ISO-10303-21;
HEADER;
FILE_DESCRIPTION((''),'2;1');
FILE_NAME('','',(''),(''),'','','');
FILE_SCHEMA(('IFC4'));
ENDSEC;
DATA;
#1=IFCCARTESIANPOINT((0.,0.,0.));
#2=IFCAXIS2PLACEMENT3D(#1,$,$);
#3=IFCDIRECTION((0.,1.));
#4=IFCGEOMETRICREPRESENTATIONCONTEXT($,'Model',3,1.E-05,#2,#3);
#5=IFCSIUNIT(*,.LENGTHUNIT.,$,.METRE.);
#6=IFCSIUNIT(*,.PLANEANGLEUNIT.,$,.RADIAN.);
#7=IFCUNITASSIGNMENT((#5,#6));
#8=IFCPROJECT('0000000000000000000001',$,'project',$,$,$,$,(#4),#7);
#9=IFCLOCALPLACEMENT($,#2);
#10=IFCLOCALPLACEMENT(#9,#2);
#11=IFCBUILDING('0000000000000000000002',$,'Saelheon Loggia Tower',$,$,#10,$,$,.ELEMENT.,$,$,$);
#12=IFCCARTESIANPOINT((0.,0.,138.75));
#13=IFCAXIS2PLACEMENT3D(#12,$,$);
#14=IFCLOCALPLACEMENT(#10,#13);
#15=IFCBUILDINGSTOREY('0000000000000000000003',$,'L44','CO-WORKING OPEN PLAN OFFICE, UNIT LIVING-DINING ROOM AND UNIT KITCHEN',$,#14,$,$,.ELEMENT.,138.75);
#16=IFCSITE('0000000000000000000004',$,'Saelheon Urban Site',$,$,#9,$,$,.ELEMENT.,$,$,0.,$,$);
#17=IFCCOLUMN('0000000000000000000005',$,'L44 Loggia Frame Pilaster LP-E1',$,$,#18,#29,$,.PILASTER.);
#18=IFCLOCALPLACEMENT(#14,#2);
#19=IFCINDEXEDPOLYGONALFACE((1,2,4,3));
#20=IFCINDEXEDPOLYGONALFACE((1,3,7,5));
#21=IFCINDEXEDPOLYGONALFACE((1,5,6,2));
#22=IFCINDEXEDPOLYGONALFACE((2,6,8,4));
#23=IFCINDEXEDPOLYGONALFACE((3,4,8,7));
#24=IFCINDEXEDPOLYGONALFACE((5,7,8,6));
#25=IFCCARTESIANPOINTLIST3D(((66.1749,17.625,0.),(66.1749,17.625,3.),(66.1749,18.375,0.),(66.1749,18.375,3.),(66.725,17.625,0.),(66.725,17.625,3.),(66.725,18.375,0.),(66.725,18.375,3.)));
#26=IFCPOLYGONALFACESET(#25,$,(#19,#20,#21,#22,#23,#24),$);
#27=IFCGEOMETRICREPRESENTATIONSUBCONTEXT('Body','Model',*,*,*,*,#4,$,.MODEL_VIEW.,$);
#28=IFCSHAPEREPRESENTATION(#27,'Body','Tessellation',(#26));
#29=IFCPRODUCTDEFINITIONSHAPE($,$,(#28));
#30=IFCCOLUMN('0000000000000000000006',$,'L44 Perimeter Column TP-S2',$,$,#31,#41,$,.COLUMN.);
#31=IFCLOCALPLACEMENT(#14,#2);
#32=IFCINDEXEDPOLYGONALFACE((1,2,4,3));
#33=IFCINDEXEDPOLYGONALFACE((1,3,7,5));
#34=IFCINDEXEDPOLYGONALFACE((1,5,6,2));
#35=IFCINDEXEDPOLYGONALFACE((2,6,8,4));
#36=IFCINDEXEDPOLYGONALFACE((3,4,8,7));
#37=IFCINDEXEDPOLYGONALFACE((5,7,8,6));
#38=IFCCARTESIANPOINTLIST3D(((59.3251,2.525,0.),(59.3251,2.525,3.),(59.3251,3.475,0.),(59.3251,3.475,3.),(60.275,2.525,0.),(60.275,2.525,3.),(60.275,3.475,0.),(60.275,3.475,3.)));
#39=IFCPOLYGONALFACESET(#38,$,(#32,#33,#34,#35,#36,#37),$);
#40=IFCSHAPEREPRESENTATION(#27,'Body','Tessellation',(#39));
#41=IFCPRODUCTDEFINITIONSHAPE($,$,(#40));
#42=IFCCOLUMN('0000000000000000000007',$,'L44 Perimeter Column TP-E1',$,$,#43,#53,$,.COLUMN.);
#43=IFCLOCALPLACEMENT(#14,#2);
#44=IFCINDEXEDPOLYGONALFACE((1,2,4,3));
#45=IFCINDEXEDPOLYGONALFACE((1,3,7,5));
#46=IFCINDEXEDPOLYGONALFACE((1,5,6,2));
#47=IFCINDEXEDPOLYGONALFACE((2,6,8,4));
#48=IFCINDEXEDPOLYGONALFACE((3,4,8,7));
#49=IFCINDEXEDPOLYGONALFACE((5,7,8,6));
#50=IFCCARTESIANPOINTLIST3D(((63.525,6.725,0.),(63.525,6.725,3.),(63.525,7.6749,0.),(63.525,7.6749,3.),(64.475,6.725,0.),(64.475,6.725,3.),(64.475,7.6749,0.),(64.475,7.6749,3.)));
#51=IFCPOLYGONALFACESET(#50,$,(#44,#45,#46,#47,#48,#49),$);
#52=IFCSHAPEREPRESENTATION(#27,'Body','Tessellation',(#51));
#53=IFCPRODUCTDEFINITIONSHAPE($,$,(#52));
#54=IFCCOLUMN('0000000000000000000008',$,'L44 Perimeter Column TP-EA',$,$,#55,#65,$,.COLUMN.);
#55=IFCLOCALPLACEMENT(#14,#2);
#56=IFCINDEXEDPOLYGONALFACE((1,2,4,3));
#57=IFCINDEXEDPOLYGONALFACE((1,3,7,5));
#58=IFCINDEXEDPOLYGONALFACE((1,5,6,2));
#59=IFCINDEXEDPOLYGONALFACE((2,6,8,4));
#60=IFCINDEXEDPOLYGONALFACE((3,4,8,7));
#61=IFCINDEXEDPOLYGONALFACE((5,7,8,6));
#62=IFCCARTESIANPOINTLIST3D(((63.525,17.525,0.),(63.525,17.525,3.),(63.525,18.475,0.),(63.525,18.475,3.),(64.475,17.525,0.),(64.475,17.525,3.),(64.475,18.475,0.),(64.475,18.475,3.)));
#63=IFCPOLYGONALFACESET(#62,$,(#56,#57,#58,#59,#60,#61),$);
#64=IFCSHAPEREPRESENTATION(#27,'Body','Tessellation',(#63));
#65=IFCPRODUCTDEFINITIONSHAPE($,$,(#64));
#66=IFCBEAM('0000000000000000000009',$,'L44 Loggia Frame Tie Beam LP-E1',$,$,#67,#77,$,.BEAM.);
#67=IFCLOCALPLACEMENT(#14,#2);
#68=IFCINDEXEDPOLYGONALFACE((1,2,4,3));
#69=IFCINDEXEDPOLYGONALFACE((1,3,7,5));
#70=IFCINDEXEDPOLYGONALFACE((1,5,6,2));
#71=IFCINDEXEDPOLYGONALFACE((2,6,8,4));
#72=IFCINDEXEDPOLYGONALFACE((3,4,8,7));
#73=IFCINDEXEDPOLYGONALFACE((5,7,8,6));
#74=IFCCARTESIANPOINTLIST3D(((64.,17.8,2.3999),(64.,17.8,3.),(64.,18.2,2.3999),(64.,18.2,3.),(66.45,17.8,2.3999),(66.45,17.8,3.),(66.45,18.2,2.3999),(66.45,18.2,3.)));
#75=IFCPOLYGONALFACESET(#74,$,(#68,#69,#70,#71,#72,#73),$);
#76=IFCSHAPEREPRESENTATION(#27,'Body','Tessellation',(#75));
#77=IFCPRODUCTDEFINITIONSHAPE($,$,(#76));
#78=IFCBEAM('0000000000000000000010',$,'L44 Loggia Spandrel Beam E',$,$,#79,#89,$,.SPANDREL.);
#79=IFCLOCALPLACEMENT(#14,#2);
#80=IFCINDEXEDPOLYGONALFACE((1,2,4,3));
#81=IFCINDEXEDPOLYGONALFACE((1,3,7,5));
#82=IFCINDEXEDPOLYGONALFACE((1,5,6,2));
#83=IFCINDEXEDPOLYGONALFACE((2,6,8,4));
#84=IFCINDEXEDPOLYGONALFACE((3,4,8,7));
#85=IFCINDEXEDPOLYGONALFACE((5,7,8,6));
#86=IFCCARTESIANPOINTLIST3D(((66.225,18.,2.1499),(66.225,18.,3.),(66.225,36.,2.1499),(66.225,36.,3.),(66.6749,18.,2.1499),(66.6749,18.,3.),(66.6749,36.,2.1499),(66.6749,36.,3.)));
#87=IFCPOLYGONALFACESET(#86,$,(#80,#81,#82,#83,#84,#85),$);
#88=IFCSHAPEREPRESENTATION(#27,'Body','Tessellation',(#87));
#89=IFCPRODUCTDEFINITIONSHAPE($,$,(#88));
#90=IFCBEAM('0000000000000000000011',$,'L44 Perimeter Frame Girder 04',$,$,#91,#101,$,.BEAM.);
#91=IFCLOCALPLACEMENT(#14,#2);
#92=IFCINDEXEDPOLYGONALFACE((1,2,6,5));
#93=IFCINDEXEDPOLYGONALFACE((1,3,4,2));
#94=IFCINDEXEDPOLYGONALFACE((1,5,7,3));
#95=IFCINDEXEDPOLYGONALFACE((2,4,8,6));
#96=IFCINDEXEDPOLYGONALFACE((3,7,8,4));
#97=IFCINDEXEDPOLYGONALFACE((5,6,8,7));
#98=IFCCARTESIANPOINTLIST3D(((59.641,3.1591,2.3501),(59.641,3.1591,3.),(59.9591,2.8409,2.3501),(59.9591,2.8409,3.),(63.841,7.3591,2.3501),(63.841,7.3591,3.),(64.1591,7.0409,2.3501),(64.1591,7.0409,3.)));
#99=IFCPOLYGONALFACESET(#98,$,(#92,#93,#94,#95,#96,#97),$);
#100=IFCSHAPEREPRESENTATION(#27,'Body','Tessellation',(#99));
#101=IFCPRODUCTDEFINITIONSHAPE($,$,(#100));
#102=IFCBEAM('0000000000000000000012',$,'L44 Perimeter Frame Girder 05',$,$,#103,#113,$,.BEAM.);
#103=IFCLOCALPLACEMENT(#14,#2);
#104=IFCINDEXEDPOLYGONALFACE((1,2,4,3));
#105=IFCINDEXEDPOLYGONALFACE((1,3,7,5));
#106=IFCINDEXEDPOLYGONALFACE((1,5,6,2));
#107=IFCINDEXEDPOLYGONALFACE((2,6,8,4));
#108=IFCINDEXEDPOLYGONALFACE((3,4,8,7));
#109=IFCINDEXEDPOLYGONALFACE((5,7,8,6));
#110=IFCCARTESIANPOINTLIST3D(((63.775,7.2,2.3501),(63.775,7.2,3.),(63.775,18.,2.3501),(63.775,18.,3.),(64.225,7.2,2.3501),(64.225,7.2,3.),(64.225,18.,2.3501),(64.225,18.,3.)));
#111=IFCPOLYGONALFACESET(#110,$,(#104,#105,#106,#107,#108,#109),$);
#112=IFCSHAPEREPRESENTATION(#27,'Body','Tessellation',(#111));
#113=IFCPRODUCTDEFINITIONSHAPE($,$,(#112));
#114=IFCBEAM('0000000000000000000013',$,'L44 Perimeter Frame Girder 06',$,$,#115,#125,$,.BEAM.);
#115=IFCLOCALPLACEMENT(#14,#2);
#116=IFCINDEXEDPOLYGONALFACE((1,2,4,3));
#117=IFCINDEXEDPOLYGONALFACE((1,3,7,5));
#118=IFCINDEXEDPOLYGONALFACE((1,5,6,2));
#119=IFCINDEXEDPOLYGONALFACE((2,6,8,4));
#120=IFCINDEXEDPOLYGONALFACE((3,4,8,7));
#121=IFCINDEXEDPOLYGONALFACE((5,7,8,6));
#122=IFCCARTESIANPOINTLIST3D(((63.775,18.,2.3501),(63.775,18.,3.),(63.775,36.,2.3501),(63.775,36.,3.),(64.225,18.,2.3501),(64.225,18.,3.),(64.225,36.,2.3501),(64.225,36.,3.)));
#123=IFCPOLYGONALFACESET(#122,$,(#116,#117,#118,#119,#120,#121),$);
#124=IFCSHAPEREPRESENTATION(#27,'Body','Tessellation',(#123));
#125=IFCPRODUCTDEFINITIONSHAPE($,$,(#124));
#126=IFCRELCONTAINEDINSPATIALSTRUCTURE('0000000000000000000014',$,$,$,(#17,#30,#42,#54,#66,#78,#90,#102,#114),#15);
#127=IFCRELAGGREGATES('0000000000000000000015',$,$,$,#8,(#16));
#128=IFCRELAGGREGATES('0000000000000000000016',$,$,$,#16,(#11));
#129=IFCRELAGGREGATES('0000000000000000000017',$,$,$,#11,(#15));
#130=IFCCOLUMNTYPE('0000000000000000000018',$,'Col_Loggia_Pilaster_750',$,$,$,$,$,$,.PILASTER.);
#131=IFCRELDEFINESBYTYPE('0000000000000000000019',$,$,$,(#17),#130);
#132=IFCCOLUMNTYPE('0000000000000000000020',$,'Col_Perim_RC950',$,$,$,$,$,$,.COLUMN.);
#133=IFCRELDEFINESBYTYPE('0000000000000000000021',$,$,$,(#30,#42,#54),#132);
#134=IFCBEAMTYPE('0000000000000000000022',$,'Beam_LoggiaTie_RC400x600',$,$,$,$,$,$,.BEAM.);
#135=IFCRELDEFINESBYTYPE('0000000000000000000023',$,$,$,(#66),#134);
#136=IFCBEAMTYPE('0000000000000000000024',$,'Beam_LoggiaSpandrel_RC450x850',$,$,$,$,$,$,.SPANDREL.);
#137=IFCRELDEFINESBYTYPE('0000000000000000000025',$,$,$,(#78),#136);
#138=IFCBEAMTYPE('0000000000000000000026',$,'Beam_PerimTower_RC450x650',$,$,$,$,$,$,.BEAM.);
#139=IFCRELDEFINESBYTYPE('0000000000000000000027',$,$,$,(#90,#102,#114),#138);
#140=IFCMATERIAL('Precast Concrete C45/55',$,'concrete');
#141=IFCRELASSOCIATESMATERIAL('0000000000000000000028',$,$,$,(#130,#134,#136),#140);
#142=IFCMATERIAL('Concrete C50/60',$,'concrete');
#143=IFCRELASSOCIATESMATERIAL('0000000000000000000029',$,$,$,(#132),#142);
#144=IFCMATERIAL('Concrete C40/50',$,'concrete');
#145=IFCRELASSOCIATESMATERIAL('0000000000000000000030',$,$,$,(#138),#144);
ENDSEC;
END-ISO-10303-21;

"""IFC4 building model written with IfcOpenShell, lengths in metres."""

from ifc_helpers import new_model, si_unit, direction, frame, origin, origin_2d, place, context, subcontext, project, spatial, rectangle, extrude, source, transform, mapped, material, material_profile, profile_set, type_object, element, save


model = new_model("IFC4")

# Units and contexts
model_context = context("Model", 3, precision=1e-05, world=origin(), true_north=direction((0.0, 1.0)))
body_context = subcontext(model_context, "Body", "Model", "MODEL_VIEW")
ifc_project = project(units=[si_unit("LENGTHUNIT", "METRE"), si_unit("PLANEANGLEUNIT", "RADIAN")], contexts=[model_context])

# Site, building, storey
site_placement = place(None, origin())
site = spatial("IfcSite", under=ifc_project, at=site_placement, Name="Saelheon Urban Site", CompositionType="ELEMENT", RefElevation=0.0)
building_placement = place(site_placement, origin())
building = spatial("IfcBuilding", under=site, at=building_placement, Name="Saelheon Loggia Tower", CompositionType="ELEMENT")
storey_placement = place(building_placement, frame((0.0, 0.0, 138.75)))
storey = spatial("IfcBuildingStorey", under=building, at=storey_placement, Name="L44", Description="CO-WORKING OPEN PLAN OFFICE, UNIT LIVING-DINING ROOM AND UNIT KITCHEN", CompositionType="ELEMENT", Elevation=138.75)

# Columns
ifc_material_1 = material(Name="Precast Concrete C45/55", Category="concrete")
ifc_material_profile_1 = material_profile(ifc_material_1, rectangle(XDim=0.55, YDim=0.75, at=origin_2d()), Name="RC-550x750")
ifc_profile_set_1 = profile_set([ifc_material_profile_1], Name="Precast Concrete C45/55")
column_type_1 = type_object("IfcColumnType", Name="Col_Loggia_Pilaster_750", PredefinedType="PILASTER", material=ifc_profile_set_1)
shared_shape_1 = source(origin(), body_context, "Body", "SweptSolid", [
    extrude(rectangle(XDim=0.55, YDim=0.75, at=origin_2d()), origin(), (0.0, 0.0, 1.0), 3.0),
])
column_placement = place(storey_placement, frame((66.45, 18.0, 0.0), z_axis=(0.0, 0.0, 1.0), x_axis=(1.0, 0.0, 0.0)))
element("IfcColumn", 1, at=column_placement, inside=storey, type_object=column_type_1, Name="L44 Loggia Frame Pilaster LP-E1", PredefinedType="PILASTER", context=body_context, shape_type="MappedRepresentation", body=[
    mapped(shared_shape_1, transform((0.0, 0.0, 0.0), scale=1.0)),
])
ifc_material_2 = material(Name="Concrete C50/60", Category="concrete")
ifc_material_profile_2 = material_profile(ifc_material_2, rectangle(XDim=0.95, YDim=0.95, at=origin_2d()), Name="RC-950x950")
ifc_profile_set_2 = profile_set([ifc_material_profile_2], Name="Concrete C50/60")
column_type_2 = type_object("IfcColumnType", Name="Col_Perim_RC950", PredefinedType="COLUMN", material=ifc_profile_set_2)
shared_shape_2 = source(origin(), body_context, "Body", "SweptSolid", [
    extrude(rectangle(XDim=0.95, YDim=0.95, at=origin_2d()), origin(), (0.0, 0.0, 1.0), 3.0),
])
for number, where, z_axis, x_axis, name in (
    (2, (59.8, 3.0, 0.0), (0.0, 0.0, 1.0), (1.0, 0.0, 0.0), "L44 Perimeter Column TP-S2"),
    (3, (64.0, 7.2, 0.0), (0.0, 0.0, 1.0), (1.0, 0.0, 0.0), "L44 Perimeter Column TP-E1"),
    (4, (64.0, 18.0, 0.0), (0.0, 0.0, 1.0), (1.0, 0.0, 0.0), "L44 Perimeter Column TP-EA"),
):
    element("IfcColumn", number, at=place(storey_placement, frame(where, z_axis=z_axis, x_axis=x_axis)), inside=storey, type_object=column_type_2, Name=name, PredefinedType="COLUMN", context=body_context, shape_type="MappedRepresentation", body=[
        mapped(shared_shape_2, transform((0.0, 0.0, 0.0), scale=1.0)),
    ])

# Beams
ifc_material_profile_3 = material_profile(ifc_material_1, rectangle(XDim=0.3999, YDim=0.6001, at=origin_2d()), Name="RC-400x600")
ifc_profile_set_3 = profile_set([ifc_material_profile_3], Name="Precast Concrete C45/55")
beam_type_1 = type_object("IfcBeamType", Name="Beam_LoggiaTie_RC400x600", PredefinedType="BEAM", material=ifc_profile_set_3)
shared_shape_3 = source(origin(), body_context, "Body", "SweptSolid", [
    extrude(rectangle(XDim=0.3999, YDim=0.6001, at=origin_2d()), origin(), (0.0, 0.0, 1.0), 2.45),
])
beam_1_placement = place(storey_placement, frame((64.0, 18.0, 2.7), z_axis=(1.0, 0.0, 0.0), x_axis=(0.0, 1.0, 0.0)))
element("IfcBeam", 5, at=beam_1_placement, inside=storey, type_object=beam_type_1, Name="L44 Loggia Frame Tie Beam LP-E1", PredefinedType="BEAM", context=body_context, shape_type="MappedRepresentation", body=[
    mapped(shared_shape_3, transform((0.0, 0.0, 0.0), scale=1.0)),
])
ifc_material_profile_4 = material_profile(ifc_material_1, rectangle(XDim=0.45, YDim=0.8501, at=origin_2d()), Name="RC-450x850")
ifc_profile_set_4 = profile_set([ifc_material_profile_4], Name="Precast Concrete C45/55")
beam_type_2 = type_object("IfcBeamType", Name="Beam_LoggiaSpandrel_RC450x850", PredefinedType="SPANDREL", material=ifc_profile_set_4)
shared_shape_4 = source(origin(), body_context, "Body", "SweptSolid", [
    extrude(rectangle(XDim=0.45, YDim=0.8501, at=origin_2d()), origin(), (0.0, 0.0, 1.0), 18.0),
])
beam_2_placement = place(storey_placement, frame((66.45, 18.0, 2.575), z_axis=(0.0, 1.0, 0.0), x_axis=(-1.0, 0.0, 0.0)))
element("IfcBeam", 6, at=beam_2_placement, inside=storey, type_object=beam_type_2, Name="L44 Loggia Spandrel Beam E", PredefinedType="SPANDREL", context=body_context, shape_type="MappedRepresentation", body=[
    mapped(shared_shape_4, transform((0.0, 0.0, 0.0), scale=1.0)),
])
ifc_material_3 = material(Name="Concrete C40/50", Category="concrete")
ifc_material_profile_5 = material_profile(ifc_material_3, rectangle(XDim=0.45, YDim=0.6499, at=origin_2d()), Name="RC-450x650")
ifc_profile_set_5 = profile_set([ifc_material_profile_5], Name="Concrete C40/50")
beam_type_3 = type_object("IfcBeamType", Name="Beam_PerimTower_RC450x650", PredefinedType="BEAM", material=ifc_profile_set_5)
shared_shape_5 = source(origin(), body_context, "Body", "SweptSolid", [
    extrude(rectangle(XDim=0.45, YDim=0.6499, at=origin_2d()), origin(), (0.0, 0.0, 1.0), 5.9397),
])
beam_3_placement = place(storey_placement, frame((59.8, 3.0, 2.675), z_axis=(0.707107, 0.707107, 0.0), x_axis=(-0.707107, 0.707107, 0.0)))
element("IfcBeam", 7, at=beam_3_placement, inside=storey, type_object=beam_type_3, Name="L44 Perimeter Frame Girder 04", PredefinedType="BEAM", context=body_context, shape_type="MappedRepresentation", body=[
    mapped(shared_shape_5, transform((0.0, 0.0, 0.0), scale=1.0)),
])
shared_shape_6 = source(origin(), body_context, "Body", "SweptSolid", [
    extrude(rectangle(XDim=0.45, YDim=0.6499, at=origin_2d()), origin(), (0.0, 0.0, 1.0), 10.8),
])
beam_4_placement = place(storey_placement, frame((64.0, 7.2, 2.675), z_axis=(0.0, 1.0, 0.0), x_axis=(-1.0, 0.0, 0.0)))
element("IfcBeam", 8, at=beam_4_placement, inside=storey, type_object=beam_type_3, Name="L44 Perimeter Frame Girder 05", PredefinedType="BEAM", context=body_context, shape_type="MappedRepresentation", body=[
    mapped(shared_shape_6, transform((0.0, 0.0, 0.0), scale=1.0)),
])
shared_shape_7 = source(origin(), body_context, "Body", "SweptSolid", [
    extrude(rectangle(XDim=0.45, YDim=0.6499, at=origin_2d()), origin(), (0.0, 0.0, 1.0), 18.0),
])
beam_5_placement = place(storey_placement, frame((64.0, 18.0, 2.675), z_axis=(0.0, 1.0, 0.0), x_axis=(-1.0, 0.0, 0.0)))
element("IfcBeam", 9, at=beam_5_placement, inside=storey, type_object=beam_type_3, Name="L44 Perimeter Frame Girder 06", PredefinedType="BEAM", context=body_context, shape_type="MappedRepresentation", body=[
    mapped(shared_shape_7, transform((0.0, 0.0, 0.0), scale=1.0)),
])

save(model, "model.ifc")
